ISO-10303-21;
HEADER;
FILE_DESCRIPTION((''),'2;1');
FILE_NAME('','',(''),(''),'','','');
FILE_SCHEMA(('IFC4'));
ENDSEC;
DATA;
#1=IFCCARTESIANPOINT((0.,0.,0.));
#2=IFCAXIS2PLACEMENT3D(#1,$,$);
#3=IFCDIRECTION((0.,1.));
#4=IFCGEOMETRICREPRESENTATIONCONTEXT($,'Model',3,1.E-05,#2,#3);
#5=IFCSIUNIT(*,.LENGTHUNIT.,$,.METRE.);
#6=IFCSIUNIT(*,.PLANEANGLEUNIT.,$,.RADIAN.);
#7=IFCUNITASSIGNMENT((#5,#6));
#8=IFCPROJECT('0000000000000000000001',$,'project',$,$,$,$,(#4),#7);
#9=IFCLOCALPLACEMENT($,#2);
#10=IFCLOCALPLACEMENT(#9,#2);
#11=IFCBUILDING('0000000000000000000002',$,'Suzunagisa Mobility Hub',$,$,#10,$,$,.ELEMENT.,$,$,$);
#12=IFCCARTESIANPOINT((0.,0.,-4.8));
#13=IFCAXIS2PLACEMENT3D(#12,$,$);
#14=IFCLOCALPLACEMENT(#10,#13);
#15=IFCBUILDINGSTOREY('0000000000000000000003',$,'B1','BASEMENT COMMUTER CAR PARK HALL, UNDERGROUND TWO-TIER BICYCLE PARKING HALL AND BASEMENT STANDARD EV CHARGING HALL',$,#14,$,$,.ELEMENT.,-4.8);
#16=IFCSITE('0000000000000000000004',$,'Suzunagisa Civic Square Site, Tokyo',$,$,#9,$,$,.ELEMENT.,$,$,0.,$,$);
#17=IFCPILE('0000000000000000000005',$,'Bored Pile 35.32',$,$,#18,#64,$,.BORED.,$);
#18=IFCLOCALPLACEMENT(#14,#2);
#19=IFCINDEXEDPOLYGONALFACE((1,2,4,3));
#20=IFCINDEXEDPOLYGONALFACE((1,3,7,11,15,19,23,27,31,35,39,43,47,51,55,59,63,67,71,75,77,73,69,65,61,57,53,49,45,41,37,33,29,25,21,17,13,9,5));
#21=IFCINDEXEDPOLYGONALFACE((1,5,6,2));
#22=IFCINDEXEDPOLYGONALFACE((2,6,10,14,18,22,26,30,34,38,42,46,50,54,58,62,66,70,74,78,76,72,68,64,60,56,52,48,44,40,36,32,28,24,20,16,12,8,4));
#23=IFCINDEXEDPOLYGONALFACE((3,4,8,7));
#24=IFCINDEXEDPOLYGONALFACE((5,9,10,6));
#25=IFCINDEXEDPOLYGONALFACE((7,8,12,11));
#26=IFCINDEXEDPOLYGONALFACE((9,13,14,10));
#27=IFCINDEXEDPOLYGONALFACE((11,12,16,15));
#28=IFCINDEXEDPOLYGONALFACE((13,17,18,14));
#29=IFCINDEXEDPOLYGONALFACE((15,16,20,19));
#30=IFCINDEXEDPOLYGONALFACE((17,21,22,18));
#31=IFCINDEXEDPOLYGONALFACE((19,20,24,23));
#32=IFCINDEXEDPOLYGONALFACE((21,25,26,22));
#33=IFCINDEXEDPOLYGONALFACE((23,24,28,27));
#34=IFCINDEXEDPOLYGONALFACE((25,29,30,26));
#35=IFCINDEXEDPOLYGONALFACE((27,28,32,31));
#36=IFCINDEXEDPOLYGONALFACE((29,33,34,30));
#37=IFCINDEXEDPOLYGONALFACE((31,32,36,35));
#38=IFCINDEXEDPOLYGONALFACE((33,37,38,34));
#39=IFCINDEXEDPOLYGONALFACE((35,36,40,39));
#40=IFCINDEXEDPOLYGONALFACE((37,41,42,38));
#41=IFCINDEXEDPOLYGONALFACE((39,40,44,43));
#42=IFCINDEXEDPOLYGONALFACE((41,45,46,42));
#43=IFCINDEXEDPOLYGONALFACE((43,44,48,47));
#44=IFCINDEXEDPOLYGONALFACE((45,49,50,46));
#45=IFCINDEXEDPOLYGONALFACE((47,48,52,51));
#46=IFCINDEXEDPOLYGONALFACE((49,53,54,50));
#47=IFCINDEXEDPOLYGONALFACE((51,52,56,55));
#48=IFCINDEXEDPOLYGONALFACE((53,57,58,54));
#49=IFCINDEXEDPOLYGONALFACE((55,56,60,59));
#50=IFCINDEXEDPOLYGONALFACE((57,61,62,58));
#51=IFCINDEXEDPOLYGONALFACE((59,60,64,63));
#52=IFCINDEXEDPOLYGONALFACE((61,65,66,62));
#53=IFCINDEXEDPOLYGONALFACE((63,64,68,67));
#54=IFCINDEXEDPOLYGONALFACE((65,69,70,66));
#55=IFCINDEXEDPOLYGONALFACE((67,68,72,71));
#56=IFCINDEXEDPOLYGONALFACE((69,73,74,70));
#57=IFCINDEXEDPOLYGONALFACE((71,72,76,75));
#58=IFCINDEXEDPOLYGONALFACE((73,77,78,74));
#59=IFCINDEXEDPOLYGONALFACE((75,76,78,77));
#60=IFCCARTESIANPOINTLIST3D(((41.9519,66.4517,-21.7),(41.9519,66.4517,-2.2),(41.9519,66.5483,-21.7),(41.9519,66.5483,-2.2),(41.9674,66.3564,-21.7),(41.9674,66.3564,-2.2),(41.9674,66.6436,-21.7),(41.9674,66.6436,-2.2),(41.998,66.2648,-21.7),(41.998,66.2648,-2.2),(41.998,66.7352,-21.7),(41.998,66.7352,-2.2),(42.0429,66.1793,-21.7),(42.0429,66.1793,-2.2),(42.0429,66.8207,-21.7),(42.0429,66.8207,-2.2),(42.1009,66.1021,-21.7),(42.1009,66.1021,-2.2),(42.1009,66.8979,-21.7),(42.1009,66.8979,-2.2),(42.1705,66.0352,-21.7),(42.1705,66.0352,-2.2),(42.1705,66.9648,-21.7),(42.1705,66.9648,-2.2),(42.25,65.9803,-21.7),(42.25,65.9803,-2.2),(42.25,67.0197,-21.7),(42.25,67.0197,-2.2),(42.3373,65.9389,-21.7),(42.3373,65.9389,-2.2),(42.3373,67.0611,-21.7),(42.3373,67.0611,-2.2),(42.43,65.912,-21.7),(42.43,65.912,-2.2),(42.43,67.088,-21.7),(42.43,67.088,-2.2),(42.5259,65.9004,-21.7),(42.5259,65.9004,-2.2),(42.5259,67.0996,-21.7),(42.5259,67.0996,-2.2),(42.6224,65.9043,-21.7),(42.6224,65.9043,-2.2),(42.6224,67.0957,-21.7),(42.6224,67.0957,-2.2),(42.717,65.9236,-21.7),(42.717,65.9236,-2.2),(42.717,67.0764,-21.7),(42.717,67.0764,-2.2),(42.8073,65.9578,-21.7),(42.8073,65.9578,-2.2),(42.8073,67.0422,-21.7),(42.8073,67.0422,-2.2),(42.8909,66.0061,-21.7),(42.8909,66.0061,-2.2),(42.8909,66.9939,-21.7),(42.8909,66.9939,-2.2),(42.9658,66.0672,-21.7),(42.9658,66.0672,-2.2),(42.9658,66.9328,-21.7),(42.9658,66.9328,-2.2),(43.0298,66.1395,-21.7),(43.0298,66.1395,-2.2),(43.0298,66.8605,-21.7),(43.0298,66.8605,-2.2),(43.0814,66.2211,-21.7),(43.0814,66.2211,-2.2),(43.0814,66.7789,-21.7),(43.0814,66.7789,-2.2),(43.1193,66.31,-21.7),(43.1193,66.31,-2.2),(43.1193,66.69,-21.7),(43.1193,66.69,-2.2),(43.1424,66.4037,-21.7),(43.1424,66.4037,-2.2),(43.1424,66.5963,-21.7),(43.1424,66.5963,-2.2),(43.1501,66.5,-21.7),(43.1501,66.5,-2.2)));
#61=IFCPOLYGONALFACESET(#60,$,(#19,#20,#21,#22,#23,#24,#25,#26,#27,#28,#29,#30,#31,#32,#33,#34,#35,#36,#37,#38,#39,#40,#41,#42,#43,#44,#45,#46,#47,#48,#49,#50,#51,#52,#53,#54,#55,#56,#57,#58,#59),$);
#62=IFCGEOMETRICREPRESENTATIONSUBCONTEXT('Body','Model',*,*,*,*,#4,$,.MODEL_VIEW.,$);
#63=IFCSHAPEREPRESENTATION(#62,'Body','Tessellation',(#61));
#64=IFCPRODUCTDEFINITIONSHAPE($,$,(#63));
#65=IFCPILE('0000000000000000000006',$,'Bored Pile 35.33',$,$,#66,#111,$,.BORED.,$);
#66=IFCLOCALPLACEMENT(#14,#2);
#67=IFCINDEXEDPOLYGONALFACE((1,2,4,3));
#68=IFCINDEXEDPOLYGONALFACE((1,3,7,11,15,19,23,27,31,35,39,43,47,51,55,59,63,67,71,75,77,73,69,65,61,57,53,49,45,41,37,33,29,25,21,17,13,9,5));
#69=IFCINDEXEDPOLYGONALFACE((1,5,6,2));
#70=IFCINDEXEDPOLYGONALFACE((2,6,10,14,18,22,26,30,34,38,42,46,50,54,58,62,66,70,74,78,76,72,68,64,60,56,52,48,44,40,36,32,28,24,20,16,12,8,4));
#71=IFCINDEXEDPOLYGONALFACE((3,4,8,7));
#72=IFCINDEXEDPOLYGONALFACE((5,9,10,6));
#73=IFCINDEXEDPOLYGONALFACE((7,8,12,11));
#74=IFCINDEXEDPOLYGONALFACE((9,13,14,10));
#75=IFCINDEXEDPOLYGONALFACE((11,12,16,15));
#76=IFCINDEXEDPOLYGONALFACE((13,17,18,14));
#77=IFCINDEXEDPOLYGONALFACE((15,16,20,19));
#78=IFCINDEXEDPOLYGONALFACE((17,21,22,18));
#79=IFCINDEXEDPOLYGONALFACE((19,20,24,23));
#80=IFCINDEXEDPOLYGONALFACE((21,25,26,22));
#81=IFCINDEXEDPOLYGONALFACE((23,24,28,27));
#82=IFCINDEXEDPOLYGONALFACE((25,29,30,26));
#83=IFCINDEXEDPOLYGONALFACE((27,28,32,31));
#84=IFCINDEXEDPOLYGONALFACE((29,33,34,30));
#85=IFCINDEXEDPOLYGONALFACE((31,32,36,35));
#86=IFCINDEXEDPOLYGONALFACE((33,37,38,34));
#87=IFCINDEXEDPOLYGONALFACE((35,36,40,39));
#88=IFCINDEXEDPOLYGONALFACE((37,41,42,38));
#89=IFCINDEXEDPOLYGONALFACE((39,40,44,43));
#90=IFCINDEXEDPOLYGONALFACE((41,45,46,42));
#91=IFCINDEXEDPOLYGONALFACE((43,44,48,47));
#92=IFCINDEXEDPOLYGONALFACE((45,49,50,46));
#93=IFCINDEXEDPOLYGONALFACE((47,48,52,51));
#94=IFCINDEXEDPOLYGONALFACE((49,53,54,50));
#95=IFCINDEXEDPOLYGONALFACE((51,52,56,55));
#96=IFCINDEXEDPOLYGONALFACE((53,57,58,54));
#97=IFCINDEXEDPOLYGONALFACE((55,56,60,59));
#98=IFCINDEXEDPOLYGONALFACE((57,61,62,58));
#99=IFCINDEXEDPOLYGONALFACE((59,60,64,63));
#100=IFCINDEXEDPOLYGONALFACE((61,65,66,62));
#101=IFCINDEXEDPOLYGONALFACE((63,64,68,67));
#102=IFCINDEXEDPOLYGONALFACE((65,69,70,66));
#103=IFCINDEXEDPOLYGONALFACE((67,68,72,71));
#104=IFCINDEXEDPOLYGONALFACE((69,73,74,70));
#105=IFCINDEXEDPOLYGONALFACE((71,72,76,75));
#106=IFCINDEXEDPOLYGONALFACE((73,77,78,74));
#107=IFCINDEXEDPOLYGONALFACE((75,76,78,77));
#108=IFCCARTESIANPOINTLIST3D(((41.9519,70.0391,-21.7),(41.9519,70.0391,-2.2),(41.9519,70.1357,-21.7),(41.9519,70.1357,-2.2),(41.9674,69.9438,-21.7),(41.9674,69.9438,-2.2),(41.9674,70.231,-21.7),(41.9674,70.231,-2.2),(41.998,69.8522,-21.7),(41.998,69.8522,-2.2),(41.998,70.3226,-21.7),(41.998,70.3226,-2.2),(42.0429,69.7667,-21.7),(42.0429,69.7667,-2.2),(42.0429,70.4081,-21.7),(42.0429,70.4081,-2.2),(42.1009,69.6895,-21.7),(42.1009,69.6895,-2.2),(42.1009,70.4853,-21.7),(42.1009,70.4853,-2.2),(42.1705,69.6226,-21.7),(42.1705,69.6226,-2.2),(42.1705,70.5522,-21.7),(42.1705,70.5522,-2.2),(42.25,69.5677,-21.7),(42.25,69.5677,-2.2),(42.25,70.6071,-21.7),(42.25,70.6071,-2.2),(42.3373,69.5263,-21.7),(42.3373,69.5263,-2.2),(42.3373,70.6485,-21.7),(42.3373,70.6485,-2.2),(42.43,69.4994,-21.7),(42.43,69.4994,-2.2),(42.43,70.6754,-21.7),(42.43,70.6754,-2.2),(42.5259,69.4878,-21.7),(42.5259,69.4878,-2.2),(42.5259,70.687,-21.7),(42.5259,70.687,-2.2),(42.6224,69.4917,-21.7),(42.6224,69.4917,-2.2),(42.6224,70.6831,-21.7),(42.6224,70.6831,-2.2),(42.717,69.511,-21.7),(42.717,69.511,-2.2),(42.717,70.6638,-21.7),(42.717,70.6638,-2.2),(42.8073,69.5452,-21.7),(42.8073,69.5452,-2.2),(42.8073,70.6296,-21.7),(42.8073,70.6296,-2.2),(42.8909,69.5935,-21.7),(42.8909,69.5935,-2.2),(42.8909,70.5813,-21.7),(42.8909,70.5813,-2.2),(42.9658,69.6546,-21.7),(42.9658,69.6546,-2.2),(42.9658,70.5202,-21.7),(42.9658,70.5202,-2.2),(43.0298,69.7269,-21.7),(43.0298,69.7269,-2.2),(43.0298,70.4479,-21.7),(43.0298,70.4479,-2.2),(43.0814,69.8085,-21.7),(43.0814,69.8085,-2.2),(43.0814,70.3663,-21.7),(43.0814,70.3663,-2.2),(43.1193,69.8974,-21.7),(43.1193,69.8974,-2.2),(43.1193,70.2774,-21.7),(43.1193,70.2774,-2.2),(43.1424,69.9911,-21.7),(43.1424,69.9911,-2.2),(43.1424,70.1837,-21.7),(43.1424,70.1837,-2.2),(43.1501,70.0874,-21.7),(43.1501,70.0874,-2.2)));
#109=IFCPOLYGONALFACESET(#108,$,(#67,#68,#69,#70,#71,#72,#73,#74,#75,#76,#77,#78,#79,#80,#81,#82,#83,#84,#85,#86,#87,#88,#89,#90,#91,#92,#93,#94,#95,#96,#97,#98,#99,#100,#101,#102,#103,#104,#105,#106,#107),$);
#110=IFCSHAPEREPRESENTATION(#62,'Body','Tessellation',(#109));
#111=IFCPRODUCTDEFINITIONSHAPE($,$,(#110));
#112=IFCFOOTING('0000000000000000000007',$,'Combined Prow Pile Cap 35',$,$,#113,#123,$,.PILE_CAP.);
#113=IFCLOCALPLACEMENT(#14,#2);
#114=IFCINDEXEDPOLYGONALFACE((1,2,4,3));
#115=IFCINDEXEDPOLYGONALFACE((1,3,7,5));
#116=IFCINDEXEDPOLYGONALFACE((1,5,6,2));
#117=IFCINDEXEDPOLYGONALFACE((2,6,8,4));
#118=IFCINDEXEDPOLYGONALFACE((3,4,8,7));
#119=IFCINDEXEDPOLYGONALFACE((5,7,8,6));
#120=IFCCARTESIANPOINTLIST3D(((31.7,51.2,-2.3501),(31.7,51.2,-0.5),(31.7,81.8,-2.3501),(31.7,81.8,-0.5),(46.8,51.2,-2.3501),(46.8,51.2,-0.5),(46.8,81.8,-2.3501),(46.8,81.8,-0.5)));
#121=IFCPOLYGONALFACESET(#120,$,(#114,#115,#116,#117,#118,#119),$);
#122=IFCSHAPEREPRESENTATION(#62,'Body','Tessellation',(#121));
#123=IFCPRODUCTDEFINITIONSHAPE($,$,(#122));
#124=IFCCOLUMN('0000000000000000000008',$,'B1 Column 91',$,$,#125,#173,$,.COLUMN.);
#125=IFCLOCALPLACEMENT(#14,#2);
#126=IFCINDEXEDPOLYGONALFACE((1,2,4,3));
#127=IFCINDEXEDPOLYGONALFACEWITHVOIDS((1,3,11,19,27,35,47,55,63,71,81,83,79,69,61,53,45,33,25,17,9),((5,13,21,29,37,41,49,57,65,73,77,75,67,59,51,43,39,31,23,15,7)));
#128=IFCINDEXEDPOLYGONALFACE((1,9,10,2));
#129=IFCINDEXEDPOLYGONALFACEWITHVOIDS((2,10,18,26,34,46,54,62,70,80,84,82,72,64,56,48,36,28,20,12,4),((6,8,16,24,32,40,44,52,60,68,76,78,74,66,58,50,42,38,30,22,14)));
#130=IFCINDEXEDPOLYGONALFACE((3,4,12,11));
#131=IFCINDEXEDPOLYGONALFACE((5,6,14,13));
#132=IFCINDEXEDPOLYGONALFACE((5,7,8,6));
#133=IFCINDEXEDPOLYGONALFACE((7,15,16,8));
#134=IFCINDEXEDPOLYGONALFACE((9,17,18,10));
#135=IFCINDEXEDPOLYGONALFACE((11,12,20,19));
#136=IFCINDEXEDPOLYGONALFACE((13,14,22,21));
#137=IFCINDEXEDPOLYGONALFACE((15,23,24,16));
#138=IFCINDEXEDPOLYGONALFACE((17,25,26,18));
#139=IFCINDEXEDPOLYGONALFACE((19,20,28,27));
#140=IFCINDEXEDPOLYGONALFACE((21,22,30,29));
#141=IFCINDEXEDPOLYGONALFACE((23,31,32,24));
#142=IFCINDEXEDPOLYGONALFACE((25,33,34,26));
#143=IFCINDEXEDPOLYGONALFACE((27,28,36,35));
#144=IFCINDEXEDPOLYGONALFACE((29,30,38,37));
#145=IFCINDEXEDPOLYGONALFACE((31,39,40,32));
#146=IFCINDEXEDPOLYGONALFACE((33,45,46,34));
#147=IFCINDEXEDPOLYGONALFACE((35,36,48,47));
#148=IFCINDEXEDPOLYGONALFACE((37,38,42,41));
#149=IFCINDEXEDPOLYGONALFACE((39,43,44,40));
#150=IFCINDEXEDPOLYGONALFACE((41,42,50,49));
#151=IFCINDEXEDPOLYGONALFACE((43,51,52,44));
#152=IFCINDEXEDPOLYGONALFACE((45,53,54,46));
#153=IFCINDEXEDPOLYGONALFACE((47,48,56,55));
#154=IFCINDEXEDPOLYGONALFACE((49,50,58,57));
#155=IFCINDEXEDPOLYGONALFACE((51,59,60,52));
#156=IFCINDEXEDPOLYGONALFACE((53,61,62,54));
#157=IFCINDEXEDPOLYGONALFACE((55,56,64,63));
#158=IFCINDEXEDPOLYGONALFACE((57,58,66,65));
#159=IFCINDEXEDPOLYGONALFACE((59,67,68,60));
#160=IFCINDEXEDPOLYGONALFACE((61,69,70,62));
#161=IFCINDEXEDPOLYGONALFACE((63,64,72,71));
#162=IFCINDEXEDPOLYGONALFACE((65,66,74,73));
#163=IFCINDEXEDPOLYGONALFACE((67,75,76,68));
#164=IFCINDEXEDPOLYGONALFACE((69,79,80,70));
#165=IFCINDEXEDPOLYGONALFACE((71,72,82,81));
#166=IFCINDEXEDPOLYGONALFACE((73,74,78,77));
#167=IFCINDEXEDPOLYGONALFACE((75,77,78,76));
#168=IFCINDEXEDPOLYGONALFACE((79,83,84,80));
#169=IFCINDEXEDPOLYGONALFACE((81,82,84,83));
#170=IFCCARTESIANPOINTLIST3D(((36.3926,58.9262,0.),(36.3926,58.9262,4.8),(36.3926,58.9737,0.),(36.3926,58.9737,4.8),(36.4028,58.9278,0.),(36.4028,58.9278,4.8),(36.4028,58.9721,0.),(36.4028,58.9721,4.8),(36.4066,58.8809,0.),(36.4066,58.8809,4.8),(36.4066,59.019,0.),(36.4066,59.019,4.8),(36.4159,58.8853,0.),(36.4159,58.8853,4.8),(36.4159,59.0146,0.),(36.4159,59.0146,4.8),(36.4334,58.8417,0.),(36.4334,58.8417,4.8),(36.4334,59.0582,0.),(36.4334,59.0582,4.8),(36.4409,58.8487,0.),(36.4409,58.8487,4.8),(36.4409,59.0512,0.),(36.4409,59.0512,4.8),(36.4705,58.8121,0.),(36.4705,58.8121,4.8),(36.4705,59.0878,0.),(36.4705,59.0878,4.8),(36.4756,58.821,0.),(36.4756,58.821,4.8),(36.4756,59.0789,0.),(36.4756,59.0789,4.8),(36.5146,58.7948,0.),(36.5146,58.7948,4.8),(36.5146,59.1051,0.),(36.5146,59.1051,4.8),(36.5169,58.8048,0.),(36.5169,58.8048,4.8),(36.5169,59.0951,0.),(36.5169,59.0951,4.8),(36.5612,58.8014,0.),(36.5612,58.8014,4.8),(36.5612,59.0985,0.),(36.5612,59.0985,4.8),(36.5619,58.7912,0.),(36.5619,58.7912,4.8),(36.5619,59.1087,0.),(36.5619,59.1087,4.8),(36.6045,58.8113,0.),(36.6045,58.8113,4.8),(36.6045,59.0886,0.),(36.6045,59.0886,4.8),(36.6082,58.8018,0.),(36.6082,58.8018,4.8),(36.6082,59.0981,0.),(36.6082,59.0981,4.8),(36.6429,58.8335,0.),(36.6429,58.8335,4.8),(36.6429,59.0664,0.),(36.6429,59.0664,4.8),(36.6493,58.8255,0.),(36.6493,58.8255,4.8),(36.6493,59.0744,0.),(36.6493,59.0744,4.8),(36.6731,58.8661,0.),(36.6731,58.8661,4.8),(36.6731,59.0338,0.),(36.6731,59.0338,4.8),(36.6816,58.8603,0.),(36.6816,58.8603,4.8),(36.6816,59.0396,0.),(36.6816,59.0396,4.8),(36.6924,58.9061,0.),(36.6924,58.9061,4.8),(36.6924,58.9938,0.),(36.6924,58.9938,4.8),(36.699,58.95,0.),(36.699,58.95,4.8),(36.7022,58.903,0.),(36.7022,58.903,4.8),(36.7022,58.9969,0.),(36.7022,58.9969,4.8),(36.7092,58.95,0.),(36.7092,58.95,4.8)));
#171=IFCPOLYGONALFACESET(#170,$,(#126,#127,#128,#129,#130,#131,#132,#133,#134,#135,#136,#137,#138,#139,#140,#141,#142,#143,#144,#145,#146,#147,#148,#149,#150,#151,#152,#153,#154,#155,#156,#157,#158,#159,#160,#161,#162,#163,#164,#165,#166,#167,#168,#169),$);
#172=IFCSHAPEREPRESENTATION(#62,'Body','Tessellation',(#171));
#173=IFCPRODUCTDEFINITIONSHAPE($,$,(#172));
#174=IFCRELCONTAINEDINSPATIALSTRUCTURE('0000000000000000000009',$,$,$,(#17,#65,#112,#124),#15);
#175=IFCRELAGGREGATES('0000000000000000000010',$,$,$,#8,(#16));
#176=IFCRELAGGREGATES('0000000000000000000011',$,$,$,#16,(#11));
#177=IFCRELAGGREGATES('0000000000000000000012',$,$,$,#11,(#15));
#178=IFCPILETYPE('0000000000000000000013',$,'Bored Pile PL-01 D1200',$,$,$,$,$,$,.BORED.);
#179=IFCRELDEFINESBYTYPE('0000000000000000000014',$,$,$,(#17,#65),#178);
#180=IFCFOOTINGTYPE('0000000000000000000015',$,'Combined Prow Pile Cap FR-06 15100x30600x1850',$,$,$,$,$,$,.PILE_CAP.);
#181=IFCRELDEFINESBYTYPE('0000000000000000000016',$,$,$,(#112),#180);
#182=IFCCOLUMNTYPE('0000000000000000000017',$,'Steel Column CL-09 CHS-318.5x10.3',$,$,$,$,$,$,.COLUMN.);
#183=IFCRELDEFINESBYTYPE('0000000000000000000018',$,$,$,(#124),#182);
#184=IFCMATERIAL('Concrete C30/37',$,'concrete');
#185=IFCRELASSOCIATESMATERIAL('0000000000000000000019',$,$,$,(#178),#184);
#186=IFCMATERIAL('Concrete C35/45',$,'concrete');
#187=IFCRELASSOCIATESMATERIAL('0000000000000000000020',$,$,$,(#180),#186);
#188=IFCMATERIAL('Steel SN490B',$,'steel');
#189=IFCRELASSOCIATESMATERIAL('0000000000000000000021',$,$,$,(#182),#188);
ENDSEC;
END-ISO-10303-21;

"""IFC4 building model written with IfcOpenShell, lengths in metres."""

from ifc_helpers import new_model, si_unit, direction, frame, origin, origin_2d, place, context, subcontext, project, spatial, rectangle, circle, hollow_circle, extrude, material, material_profile, profile_set, type_object, element, save


model = new_model("IFC4")

# Units and contexts
model_context = context("Model", 3, precision=1e-05, world=origin(), true_north=direction((0.0, 1.0)))
body_context = subcontext(model_context, "Body", "Model", "MODEL_VIEW")
ifc_project = project(units=[si_unit("LENGTHUNIT", "METRE"), si_unit("PLANEANGLEUNIT", "RADIAN")], contexts=[model_context])

# Site, building, storey
site_placement = place(None, origin())
site = spatial("IfcSite", under=ifc_project, at=site_placement, Name="Suzunagisa Civic Square Site, Tokyo", CompositionType="ELEMENT", RefElevation=0.0)
building_placement = place(site_placement, origin())
building = spatial("IfcBuilding", under=site, at=building_placement, Name="Suzunagisa Mobility Hub", CompositionType="ELEMENT")
storey_placement = place(building_placement, frame((0.0, 0.0, -4.8)))
storey = spatial("IfcBuildingStorey", under=building, at=storey_placement, Name="B1", Description="BASEMENT COMMUTER CAR PARK HALL, UNDERGROUND TWO-TIER BICYCLE PARKING HALL AND BASEMENT STANDARD EV CHARGING HALL", CompositionType="ELEMENT", Elevation=-4.8)

# Piles
ifc_material_1 = material(Name="Concrete C30/37", Category="concrete")
ifc_material_profile_1 = material_profile(ifc_material_1, circle(Radius=0.6001, at=origin_2d()), Name="BORED PILE D1200")
ifc_profile_set_1 = profile_set([ifc_material_profile_1], Name="Concrete C30/37")
pile_type = type_object("IfcPileType", Name="Bored Pile PL-01 D1200", PredefinedType="BORED", material=ifc_profile_set_1)
for number, where, z_axis, x_axis, name in (
    (1, (42.55, 66.5, -2.2), (0.0, 0.0, -1.0), (1.0, 0.0, 0.0), "Bored Pile 35.32"),
    (2, (42.55, 70.0874, -2.2), (0.0, 0.0, -1.0), (1.0, 0.0, 0.0), "Bored Pile 35.33"),
):
    element("IfcPile", number, at=place(storey_placement, frame(where, z_axis=z_axis, x_axis=x_axis)), inside=storey, type_object=pile_type, Name=name, PredefinedType="BORED", context=body_context, shape_type="SweptSolid", body=[
        extrude(circle(Radius=0.6001, at=origin_2d()), origin(), (0.0, 0.0, 1.0), 19.5),
    ])

# Footing
ifc_material_2 = material(Name="Concrete C35/45", Category="concrete")
footing_type = type_object("IfcFootingType", Name="Combined Prow Pile Cap FR-06 15100x30600x1850", PredefinedType="PILE_CAP", material=ifc_material_2)
footing_placement = place(storey_placement, frame((39.25, 66.5, -2.3501), z_axis=(0.0, 0.0, 1.0), x_axis=(1.0, 0.0, 0.0)))
element("IfcFooting", 3, at=footing_placement, inside=storey, type_object=footing_type, Name="Combined Prow Pile Cap 35", PredefinedType="PILE_CAP", context=body_context, shape_type="SweptSolid", body=[
    extrude(rectangle(XDim=15.1001, YDim=30.6001, at=origin_2d()), origin(), (0.0, 0.0, 1.0), 1.8501),
])

# Column
ifc_material_3 = material(Name="Steel SN490B", Category="steel")
ifc_material_profile_2 = material_profile(ifc_material_3, hollow_circle(Radius=0.1592, WallThickness=0.0103, at=origin_2d()), Name="CHS-318.5x10.3")
ifc_profile_set_2 = profile_set([ifc_material_profile_2], Name="Steel SN490B")
column_type = type_object("IfcColumnType", Name="Steel Column CL-09 CHS-318.5x10.3", PredefinedType="COLUMN", material=ifc_profile_set_2)
column_placement = place(storey_placement, frame((36.55, 58.95, 0.0), z_axis=(0.0, 0.0, 1.0), x_axis=(1.0, 0.0, 0.0)))
element("IfcColumn", 4, at=column_placement, inside=storey, type_object=column_type, Name="B1 Column 91", PredefinedType="COLUMN", context=body_context, shape_type="SweptSolid", body=[
    extrude(hollow_circle(Radius=0.1592, WallThickness=0.0103, at=origin_2d()), origin(), (0.0, 0.0, 1.0), 4.8),
])

save(model, "model.ifc")
